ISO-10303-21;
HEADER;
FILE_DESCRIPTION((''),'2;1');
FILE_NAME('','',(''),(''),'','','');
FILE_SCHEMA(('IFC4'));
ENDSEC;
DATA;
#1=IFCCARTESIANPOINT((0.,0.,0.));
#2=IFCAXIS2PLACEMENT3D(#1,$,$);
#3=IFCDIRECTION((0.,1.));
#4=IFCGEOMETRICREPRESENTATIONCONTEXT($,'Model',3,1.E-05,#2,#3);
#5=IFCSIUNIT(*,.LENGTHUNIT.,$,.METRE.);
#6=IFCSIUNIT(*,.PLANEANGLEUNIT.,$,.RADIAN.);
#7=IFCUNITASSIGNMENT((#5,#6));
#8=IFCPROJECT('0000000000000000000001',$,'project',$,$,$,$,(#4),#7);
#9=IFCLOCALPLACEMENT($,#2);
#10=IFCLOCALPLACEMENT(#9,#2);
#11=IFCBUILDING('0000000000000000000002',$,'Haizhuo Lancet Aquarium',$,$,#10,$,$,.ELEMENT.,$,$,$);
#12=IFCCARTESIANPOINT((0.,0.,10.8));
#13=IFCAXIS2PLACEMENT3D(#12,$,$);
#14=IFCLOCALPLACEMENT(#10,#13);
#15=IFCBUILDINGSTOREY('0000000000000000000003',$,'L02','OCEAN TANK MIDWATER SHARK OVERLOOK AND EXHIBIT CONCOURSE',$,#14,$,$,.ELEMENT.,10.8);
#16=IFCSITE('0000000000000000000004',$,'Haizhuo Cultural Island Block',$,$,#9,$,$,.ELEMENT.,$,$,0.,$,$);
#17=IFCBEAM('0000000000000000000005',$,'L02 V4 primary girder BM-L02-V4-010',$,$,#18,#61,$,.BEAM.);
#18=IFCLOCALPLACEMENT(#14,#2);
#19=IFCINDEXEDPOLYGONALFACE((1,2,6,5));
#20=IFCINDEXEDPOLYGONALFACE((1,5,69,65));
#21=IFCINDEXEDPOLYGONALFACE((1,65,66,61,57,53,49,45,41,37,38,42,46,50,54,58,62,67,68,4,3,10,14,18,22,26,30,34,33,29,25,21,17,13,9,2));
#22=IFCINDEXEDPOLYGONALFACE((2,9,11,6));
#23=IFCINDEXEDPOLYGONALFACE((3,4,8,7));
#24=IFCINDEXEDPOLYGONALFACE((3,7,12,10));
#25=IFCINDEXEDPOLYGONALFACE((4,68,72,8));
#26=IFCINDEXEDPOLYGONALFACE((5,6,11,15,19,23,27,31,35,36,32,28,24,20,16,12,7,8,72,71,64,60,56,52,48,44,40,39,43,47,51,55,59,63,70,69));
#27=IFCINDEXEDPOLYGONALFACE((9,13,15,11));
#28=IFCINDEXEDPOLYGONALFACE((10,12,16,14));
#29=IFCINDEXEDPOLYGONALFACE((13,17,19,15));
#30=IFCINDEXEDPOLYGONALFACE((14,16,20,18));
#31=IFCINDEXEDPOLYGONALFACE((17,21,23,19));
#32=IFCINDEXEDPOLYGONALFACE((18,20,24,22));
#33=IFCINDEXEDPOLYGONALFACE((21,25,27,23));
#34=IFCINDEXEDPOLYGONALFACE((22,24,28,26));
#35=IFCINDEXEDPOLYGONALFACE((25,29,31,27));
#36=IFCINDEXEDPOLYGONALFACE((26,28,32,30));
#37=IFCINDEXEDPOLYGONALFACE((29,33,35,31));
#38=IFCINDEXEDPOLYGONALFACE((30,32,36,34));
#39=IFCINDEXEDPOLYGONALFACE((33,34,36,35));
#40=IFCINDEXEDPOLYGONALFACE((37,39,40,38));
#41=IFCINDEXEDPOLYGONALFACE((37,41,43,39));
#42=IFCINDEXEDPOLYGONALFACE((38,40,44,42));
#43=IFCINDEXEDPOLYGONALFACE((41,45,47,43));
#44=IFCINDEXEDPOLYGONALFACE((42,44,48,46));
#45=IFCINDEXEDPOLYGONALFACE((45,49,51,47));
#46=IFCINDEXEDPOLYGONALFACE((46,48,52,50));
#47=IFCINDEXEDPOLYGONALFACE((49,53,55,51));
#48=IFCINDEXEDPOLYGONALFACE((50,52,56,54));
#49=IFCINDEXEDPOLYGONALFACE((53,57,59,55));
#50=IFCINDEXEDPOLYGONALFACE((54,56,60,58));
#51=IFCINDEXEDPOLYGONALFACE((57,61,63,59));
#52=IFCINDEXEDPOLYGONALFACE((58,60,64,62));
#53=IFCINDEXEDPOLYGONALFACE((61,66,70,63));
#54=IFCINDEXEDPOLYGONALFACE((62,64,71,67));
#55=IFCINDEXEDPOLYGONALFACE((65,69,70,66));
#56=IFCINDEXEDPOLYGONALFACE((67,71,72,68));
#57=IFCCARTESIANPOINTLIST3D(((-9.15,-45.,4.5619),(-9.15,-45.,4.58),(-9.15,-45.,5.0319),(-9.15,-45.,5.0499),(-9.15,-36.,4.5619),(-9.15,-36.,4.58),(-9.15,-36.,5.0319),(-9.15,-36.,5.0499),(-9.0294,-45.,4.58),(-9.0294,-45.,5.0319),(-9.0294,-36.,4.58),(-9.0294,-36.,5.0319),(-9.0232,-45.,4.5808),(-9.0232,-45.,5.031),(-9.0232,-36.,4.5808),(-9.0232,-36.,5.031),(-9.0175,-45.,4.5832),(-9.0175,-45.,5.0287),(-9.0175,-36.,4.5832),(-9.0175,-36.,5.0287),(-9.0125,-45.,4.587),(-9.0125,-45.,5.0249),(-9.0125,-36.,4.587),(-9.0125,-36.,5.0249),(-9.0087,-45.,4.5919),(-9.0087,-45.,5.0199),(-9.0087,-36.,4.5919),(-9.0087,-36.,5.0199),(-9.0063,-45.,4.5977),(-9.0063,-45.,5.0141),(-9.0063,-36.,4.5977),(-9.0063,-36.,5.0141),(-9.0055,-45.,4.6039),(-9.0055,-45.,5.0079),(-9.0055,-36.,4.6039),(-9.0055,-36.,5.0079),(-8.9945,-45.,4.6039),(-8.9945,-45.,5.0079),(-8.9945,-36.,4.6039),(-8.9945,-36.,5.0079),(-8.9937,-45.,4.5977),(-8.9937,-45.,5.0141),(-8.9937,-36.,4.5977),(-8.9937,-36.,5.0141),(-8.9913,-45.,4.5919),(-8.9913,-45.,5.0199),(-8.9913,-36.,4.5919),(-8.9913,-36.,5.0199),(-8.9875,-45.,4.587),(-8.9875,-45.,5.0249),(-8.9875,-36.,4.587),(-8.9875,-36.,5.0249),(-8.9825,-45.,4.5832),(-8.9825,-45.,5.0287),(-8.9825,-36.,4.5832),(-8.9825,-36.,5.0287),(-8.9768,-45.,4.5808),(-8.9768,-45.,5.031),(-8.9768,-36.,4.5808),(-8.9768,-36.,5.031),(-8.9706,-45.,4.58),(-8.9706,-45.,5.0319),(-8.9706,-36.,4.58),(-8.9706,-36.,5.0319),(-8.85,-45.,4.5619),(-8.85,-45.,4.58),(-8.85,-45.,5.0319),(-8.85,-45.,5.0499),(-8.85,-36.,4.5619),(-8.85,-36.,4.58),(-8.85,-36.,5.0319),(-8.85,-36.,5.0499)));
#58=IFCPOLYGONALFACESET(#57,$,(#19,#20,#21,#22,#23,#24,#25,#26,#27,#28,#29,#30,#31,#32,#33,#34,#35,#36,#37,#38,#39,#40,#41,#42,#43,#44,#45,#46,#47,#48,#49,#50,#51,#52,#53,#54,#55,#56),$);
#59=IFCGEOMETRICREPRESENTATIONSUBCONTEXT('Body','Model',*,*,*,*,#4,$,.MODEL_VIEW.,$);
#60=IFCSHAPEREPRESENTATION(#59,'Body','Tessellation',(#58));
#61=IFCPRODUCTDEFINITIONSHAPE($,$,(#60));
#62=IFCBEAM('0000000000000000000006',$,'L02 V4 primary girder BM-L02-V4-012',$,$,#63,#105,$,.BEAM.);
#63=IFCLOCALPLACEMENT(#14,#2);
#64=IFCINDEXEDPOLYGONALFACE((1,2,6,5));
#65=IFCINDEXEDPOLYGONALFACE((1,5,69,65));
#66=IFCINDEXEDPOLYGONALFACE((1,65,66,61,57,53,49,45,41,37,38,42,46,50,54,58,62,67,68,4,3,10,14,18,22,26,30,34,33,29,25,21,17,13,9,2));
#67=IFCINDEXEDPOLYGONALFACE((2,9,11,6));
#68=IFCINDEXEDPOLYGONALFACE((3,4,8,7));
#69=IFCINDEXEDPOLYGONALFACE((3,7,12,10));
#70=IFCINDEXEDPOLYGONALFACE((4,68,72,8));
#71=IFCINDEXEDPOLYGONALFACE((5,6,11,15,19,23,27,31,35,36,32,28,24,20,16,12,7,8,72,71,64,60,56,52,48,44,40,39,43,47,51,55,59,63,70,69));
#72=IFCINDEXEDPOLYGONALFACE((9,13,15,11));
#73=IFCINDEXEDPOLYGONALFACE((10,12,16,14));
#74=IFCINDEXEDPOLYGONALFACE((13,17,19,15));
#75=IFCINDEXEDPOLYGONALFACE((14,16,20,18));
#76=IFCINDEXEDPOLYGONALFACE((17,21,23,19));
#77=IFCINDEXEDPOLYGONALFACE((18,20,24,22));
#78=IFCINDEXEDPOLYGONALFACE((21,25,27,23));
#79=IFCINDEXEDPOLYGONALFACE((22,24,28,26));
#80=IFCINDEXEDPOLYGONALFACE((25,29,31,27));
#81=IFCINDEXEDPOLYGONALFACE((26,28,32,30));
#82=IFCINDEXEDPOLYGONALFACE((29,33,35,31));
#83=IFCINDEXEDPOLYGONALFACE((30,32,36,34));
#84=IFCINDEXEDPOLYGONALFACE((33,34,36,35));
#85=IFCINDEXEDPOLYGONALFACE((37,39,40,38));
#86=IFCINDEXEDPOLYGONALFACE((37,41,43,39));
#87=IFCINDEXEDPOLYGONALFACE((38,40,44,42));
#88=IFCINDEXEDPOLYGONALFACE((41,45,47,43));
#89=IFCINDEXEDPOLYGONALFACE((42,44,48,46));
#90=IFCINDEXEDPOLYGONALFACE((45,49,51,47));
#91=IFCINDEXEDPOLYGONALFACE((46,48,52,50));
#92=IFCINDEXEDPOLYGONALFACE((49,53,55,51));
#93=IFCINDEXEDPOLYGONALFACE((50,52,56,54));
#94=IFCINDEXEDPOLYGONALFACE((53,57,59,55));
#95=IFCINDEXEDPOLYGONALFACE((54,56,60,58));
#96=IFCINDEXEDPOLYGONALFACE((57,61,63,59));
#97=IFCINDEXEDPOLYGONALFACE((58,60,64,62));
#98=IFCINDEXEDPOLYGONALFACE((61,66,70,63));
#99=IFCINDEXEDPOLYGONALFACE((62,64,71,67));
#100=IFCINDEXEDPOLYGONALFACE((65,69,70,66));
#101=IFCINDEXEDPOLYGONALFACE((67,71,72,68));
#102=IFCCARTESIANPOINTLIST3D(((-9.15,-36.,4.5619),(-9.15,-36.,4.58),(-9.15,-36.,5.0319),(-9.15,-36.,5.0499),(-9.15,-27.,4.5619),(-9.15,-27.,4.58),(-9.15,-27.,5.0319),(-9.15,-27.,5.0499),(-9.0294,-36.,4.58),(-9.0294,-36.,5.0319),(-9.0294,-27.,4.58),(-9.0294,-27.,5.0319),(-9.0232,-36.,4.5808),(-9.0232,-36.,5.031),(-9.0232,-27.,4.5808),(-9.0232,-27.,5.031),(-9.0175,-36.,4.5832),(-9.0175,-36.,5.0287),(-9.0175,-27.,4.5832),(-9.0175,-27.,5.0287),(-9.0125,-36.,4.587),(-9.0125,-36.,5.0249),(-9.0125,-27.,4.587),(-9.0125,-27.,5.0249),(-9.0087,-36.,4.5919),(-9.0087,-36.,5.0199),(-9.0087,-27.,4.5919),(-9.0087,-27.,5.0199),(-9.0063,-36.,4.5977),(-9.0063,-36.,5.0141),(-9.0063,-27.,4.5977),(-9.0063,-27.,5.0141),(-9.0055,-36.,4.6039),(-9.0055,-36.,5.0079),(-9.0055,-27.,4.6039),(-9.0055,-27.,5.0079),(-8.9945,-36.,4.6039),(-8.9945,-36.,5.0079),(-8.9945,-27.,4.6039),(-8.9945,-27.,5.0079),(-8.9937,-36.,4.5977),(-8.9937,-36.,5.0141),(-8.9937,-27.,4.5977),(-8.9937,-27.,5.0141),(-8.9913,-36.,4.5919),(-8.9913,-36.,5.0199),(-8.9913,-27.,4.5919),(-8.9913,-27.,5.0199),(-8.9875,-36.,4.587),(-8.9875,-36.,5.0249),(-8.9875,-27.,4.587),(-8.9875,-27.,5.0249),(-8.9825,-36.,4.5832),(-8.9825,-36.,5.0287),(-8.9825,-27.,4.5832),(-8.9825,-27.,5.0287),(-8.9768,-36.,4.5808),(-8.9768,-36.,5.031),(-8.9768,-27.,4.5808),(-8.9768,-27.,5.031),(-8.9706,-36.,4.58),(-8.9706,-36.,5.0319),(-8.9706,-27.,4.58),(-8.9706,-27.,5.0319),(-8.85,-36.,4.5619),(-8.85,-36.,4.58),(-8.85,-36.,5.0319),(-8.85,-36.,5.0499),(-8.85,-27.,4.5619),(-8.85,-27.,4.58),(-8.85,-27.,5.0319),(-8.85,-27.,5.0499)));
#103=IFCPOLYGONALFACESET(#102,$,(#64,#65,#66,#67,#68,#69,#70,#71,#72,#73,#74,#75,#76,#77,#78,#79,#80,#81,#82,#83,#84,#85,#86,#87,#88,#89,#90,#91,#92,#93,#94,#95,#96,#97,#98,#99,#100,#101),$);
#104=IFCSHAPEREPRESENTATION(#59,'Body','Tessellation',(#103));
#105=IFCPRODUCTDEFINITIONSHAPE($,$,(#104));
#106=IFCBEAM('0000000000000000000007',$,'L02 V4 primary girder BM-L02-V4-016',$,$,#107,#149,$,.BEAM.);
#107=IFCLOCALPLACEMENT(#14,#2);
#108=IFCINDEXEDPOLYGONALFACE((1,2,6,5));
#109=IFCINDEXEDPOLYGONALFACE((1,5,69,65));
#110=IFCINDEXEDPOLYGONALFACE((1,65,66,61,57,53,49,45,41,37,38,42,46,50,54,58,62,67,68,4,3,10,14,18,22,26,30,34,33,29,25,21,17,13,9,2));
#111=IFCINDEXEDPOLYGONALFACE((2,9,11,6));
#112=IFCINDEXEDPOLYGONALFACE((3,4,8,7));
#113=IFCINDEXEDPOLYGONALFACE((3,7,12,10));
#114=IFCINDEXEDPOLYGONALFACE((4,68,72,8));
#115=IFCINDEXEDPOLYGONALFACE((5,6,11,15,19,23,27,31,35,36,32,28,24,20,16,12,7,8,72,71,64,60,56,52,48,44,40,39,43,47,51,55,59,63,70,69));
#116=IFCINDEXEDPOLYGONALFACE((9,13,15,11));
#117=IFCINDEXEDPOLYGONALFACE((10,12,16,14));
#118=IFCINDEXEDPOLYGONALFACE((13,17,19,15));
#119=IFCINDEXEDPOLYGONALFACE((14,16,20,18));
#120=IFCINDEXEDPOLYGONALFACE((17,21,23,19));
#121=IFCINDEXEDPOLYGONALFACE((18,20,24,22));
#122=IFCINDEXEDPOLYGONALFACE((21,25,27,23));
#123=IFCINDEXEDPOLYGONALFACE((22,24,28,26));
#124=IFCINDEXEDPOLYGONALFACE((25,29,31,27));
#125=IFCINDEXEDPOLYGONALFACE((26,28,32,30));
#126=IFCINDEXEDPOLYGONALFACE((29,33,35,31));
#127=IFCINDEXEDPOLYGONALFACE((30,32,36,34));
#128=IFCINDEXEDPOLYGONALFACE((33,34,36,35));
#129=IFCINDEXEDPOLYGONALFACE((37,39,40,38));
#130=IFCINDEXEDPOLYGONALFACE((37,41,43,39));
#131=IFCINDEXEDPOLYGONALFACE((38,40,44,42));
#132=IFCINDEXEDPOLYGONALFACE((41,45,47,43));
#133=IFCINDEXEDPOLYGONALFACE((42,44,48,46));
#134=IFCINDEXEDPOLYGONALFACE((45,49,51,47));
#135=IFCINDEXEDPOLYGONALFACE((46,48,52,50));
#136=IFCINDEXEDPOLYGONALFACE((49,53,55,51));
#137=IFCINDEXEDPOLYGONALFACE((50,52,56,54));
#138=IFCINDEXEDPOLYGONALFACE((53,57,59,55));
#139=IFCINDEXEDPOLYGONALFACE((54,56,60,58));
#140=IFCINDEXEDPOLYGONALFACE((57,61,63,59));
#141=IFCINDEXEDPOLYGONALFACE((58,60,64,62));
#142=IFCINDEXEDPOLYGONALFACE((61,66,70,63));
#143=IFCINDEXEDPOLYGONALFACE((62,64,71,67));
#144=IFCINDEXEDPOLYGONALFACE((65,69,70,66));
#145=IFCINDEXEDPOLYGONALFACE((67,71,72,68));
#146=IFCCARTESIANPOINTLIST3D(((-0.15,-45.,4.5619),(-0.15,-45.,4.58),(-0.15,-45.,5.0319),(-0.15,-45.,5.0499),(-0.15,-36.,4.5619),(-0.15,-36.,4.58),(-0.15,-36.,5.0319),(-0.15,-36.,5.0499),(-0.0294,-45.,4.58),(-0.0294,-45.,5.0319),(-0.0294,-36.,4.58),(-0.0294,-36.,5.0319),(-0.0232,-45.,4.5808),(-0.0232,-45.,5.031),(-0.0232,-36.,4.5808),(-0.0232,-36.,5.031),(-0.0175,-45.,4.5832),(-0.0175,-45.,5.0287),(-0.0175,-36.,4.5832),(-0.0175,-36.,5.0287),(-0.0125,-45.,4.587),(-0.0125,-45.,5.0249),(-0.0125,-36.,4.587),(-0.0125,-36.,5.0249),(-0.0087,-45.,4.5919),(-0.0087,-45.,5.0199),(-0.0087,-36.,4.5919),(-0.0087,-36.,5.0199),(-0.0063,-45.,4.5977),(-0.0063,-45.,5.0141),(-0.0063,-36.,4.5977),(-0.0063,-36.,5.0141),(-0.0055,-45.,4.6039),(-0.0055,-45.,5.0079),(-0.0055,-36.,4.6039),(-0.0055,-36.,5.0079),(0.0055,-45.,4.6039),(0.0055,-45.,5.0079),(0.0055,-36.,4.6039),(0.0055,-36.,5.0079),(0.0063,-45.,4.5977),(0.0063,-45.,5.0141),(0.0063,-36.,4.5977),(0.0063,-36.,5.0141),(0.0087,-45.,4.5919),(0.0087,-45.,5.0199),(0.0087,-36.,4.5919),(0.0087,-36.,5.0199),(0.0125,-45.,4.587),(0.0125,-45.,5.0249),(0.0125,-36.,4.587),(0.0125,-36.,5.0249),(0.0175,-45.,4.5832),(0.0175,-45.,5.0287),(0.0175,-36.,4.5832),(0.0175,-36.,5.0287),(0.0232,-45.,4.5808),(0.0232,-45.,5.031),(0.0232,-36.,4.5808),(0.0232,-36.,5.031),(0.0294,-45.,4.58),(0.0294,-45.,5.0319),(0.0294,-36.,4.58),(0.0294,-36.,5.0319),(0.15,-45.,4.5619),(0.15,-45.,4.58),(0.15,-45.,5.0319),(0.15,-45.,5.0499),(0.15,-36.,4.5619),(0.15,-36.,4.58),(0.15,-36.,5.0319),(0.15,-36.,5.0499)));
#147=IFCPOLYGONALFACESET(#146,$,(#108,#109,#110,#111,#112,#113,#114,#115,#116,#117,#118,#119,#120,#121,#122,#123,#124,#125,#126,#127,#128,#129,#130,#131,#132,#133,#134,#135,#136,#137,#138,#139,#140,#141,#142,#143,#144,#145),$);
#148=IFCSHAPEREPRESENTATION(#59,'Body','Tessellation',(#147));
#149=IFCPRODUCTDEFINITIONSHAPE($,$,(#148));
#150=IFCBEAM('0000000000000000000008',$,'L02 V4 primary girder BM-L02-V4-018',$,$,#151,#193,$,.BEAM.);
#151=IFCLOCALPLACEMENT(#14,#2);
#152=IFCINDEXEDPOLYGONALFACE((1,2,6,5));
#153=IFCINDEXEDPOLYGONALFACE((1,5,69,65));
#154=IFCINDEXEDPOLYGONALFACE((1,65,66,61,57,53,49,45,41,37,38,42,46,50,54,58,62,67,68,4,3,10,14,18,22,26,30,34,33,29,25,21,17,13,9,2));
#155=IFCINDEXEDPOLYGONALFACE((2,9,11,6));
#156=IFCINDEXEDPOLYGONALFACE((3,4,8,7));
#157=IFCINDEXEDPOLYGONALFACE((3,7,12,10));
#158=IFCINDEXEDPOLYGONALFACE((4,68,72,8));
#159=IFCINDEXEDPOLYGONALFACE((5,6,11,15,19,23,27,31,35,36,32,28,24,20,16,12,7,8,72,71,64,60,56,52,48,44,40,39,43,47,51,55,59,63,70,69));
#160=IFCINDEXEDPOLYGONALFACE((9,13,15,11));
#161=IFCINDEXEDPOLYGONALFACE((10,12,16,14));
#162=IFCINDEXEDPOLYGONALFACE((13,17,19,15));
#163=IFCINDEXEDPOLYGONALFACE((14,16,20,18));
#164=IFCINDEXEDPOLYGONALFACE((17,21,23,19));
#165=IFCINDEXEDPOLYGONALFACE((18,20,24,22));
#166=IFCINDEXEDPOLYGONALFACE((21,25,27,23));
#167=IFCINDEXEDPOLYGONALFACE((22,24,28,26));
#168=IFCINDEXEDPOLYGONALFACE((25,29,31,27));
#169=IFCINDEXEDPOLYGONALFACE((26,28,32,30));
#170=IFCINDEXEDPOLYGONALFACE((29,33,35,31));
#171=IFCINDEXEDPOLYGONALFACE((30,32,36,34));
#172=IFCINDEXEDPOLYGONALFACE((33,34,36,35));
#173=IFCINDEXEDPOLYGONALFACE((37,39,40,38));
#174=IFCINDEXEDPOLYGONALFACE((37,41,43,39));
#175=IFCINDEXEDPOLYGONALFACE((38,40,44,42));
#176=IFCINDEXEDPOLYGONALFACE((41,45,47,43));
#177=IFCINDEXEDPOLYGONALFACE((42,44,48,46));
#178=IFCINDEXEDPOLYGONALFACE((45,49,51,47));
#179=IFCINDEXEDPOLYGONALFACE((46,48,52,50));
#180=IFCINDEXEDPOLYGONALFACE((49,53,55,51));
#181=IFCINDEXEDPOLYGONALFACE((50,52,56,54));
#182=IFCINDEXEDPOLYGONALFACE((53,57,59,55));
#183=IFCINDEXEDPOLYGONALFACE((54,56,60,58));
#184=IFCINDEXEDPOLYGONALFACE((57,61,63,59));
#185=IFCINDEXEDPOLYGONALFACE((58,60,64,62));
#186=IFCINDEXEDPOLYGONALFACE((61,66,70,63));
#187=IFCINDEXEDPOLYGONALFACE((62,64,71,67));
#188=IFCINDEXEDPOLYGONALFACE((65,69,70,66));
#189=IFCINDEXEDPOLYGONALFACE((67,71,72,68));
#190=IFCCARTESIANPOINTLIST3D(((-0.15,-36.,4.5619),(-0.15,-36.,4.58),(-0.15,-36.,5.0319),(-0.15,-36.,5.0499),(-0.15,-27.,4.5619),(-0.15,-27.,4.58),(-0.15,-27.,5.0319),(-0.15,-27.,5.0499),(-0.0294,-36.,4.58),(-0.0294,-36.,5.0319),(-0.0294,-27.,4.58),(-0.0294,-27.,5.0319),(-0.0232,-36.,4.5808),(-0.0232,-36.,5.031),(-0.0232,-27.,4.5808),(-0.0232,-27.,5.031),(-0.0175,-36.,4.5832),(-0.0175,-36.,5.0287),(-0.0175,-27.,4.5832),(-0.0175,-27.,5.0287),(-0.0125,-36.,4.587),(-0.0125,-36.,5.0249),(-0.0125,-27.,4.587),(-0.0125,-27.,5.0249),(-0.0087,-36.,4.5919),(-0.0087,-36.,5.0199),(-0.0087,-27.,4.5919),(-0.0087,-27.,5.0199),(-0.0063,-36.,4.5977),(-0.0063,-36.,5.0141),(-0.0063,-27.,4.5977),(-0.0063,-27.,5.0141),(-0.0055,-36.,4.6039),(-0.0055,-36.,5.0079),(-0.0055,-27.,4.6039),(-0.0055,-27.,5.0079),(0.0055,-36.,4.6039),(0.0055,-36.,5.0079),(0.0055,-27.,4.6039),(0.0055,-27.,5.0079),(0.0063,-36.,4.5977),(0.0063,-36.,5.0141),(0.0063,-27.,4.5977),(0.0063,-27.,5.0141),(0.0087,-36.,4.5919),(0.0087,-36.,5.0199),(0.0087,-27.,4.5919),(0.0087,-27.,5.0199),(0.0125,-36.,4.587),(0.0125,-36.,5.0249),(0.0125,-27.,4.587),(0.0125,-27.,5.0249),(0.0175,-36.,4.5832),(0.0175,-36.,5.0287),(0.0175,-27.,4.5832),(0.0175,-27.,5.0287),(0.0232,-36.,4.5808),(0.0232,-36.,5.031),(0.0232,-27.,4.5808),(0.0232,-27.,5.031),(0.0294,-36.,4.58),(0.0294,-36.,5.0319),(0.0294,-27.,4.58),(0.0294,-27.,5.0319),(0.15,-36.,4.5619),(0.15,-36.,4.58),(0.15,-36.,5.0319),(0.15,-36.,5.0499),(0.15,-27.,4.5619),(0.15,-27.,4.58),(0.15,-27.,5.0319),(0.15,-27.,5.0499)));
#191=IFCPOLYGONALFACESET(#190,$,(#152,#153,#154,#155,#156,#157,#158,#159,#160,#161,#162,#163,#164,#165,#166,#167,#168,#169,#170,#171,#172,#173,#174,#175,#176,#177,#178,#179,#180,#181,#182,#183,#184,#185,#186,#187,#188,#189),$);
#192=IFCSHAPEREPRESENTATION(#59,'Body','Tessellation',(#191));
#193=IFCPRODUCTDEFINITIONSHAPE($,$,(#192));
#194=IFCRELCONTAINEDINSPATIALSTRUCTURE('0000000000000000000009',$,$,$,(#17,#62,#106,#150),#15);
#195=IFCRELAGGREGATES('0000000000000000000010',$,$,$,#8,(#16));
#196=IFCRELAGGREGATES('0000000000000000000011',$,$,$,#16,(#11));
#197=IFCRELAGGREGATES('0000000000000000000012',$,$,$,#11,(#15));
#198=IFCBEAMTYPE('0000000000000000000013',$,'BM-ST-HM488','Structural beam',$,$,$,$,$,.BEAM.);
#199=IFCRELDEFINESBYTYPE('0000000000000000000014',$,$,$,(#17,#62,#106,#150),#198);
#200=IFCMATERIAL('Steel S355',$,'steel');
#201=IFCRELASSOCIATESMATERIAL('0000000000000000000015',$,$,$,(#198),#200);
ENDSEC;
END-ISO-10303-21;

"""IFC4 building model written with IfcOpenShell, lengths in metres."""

from ifc_helpers import new_model, si_unit, direction, frame, origin, origin_2d, place, context, subcontext, project, spatial, i_section, extrude, material, material_profile, profile_set, type_object, element, save


model = new_model("IFC4")

# Units and contexts
model_context = context("Model", 3, precision=1e-05, world=origin(), true_north=direction((0.0, 1.0)))
body_context = subcontext(model_context, "Body", "Model", "MODEL_VIEW")
ifc_project = project(units=[si_unit("LENGTHUNIT", "METRE"), si_unit("PLANEANGLEUNIT", "RADIAN")], contexts=[model_context])

# Site, building, storey
site_placement = place(None, origin())
site = spatial("IfcSite", under=ifc_project, at=site_placement, Name="Haizhuo Cultural Island Block", CompositionType="ELEMENT", RefElevation=0.0)
building_placement = place(site_placement, origin())
building = spatial("IfcBuilding", under=site, at=building_placement, Name="Haizhuo Lancet Aquarium", CompositionType="ELEMENT")
storey_placement = place(building_placement, frame((0.0, 0.0, 10.8)))
storey = spatial("IfcBuildingStorey", under=building, at=storey_placement, Name="L02", Description="OCEAN TANK MIDWATER SHARK OVERLOOK AND EXHIBIT CONCOURSE", CompositionType="ELEMENT", Elevation=10.8)

# Shared definitions
ifc_material_1 = material(Name="Steel S355", Category="steel")

# Beams
ifc_material_profile_1 = material_profile(ifc_material_1, i_section(OverallWidth=0.3, OverallDepth=0.488, WebThickness=0.011, FlangeThickness=0.0181, FilletRadius=0.0239, at=origin_2d()), Name="HM 488x300x11x18")
ifc_profile_set_1 = profile_set([ifc_material_profile_1], Name="Steel S355")
beam_type_1 = type_object("IfcBeamType", Name="BM-ST-HM488", Description="Structural beam", PredefinedType="BEAM", material=ifc_profile_set_1)
for number, where, z_axis, x_axis, name in (
    (1, (-9.0, -45.0, 4.8059), (0.0, 1.0, 0.0), (-1.0, 0.0, 0.0), "L02 V4 primary girder BM-L02-V4-010"),
    (2, (-9.0, -36.0, 4.8059), (0.0, 1.0, 0.0), (-1.0, 0.0, 0.0), "L02 V4 primary girder BM-L02-V4-012"),
    (3, (0.0, -45.0, 4.8059), (0.0, 1.0, 0.0), (-1.0, 0.0, 0.0), "L02 V4 primary girder BM-L02-V4-016"),
    (4, (0.0, -36.0, 4.8059), (0.0, 1.0, 0.0), (-1.0, 0.0, 0.0), "L02 V4 primary girder BM-L02-V4-018"),
):
    element("IfcBeam", number, at=place(storey_placement, frame(where, z_axis=z_axis, x_axis=x_axis)), inside=storey, type_object=beam_type_1, Name=name, PredefinedType="BEAM", context=body_context, shape_type="SweptSolid", body=[
        extrude(i_section(OverallWidth=0.3, OverallDepth=0.488, WebThickness=0.011, FlangeThickness=0.0181, FilletRadius=0.0239, at=origin_2d()), origin(), (0.0, 0.0, 1.0), 9.0),
    ])

save(model, "model.ifc")
